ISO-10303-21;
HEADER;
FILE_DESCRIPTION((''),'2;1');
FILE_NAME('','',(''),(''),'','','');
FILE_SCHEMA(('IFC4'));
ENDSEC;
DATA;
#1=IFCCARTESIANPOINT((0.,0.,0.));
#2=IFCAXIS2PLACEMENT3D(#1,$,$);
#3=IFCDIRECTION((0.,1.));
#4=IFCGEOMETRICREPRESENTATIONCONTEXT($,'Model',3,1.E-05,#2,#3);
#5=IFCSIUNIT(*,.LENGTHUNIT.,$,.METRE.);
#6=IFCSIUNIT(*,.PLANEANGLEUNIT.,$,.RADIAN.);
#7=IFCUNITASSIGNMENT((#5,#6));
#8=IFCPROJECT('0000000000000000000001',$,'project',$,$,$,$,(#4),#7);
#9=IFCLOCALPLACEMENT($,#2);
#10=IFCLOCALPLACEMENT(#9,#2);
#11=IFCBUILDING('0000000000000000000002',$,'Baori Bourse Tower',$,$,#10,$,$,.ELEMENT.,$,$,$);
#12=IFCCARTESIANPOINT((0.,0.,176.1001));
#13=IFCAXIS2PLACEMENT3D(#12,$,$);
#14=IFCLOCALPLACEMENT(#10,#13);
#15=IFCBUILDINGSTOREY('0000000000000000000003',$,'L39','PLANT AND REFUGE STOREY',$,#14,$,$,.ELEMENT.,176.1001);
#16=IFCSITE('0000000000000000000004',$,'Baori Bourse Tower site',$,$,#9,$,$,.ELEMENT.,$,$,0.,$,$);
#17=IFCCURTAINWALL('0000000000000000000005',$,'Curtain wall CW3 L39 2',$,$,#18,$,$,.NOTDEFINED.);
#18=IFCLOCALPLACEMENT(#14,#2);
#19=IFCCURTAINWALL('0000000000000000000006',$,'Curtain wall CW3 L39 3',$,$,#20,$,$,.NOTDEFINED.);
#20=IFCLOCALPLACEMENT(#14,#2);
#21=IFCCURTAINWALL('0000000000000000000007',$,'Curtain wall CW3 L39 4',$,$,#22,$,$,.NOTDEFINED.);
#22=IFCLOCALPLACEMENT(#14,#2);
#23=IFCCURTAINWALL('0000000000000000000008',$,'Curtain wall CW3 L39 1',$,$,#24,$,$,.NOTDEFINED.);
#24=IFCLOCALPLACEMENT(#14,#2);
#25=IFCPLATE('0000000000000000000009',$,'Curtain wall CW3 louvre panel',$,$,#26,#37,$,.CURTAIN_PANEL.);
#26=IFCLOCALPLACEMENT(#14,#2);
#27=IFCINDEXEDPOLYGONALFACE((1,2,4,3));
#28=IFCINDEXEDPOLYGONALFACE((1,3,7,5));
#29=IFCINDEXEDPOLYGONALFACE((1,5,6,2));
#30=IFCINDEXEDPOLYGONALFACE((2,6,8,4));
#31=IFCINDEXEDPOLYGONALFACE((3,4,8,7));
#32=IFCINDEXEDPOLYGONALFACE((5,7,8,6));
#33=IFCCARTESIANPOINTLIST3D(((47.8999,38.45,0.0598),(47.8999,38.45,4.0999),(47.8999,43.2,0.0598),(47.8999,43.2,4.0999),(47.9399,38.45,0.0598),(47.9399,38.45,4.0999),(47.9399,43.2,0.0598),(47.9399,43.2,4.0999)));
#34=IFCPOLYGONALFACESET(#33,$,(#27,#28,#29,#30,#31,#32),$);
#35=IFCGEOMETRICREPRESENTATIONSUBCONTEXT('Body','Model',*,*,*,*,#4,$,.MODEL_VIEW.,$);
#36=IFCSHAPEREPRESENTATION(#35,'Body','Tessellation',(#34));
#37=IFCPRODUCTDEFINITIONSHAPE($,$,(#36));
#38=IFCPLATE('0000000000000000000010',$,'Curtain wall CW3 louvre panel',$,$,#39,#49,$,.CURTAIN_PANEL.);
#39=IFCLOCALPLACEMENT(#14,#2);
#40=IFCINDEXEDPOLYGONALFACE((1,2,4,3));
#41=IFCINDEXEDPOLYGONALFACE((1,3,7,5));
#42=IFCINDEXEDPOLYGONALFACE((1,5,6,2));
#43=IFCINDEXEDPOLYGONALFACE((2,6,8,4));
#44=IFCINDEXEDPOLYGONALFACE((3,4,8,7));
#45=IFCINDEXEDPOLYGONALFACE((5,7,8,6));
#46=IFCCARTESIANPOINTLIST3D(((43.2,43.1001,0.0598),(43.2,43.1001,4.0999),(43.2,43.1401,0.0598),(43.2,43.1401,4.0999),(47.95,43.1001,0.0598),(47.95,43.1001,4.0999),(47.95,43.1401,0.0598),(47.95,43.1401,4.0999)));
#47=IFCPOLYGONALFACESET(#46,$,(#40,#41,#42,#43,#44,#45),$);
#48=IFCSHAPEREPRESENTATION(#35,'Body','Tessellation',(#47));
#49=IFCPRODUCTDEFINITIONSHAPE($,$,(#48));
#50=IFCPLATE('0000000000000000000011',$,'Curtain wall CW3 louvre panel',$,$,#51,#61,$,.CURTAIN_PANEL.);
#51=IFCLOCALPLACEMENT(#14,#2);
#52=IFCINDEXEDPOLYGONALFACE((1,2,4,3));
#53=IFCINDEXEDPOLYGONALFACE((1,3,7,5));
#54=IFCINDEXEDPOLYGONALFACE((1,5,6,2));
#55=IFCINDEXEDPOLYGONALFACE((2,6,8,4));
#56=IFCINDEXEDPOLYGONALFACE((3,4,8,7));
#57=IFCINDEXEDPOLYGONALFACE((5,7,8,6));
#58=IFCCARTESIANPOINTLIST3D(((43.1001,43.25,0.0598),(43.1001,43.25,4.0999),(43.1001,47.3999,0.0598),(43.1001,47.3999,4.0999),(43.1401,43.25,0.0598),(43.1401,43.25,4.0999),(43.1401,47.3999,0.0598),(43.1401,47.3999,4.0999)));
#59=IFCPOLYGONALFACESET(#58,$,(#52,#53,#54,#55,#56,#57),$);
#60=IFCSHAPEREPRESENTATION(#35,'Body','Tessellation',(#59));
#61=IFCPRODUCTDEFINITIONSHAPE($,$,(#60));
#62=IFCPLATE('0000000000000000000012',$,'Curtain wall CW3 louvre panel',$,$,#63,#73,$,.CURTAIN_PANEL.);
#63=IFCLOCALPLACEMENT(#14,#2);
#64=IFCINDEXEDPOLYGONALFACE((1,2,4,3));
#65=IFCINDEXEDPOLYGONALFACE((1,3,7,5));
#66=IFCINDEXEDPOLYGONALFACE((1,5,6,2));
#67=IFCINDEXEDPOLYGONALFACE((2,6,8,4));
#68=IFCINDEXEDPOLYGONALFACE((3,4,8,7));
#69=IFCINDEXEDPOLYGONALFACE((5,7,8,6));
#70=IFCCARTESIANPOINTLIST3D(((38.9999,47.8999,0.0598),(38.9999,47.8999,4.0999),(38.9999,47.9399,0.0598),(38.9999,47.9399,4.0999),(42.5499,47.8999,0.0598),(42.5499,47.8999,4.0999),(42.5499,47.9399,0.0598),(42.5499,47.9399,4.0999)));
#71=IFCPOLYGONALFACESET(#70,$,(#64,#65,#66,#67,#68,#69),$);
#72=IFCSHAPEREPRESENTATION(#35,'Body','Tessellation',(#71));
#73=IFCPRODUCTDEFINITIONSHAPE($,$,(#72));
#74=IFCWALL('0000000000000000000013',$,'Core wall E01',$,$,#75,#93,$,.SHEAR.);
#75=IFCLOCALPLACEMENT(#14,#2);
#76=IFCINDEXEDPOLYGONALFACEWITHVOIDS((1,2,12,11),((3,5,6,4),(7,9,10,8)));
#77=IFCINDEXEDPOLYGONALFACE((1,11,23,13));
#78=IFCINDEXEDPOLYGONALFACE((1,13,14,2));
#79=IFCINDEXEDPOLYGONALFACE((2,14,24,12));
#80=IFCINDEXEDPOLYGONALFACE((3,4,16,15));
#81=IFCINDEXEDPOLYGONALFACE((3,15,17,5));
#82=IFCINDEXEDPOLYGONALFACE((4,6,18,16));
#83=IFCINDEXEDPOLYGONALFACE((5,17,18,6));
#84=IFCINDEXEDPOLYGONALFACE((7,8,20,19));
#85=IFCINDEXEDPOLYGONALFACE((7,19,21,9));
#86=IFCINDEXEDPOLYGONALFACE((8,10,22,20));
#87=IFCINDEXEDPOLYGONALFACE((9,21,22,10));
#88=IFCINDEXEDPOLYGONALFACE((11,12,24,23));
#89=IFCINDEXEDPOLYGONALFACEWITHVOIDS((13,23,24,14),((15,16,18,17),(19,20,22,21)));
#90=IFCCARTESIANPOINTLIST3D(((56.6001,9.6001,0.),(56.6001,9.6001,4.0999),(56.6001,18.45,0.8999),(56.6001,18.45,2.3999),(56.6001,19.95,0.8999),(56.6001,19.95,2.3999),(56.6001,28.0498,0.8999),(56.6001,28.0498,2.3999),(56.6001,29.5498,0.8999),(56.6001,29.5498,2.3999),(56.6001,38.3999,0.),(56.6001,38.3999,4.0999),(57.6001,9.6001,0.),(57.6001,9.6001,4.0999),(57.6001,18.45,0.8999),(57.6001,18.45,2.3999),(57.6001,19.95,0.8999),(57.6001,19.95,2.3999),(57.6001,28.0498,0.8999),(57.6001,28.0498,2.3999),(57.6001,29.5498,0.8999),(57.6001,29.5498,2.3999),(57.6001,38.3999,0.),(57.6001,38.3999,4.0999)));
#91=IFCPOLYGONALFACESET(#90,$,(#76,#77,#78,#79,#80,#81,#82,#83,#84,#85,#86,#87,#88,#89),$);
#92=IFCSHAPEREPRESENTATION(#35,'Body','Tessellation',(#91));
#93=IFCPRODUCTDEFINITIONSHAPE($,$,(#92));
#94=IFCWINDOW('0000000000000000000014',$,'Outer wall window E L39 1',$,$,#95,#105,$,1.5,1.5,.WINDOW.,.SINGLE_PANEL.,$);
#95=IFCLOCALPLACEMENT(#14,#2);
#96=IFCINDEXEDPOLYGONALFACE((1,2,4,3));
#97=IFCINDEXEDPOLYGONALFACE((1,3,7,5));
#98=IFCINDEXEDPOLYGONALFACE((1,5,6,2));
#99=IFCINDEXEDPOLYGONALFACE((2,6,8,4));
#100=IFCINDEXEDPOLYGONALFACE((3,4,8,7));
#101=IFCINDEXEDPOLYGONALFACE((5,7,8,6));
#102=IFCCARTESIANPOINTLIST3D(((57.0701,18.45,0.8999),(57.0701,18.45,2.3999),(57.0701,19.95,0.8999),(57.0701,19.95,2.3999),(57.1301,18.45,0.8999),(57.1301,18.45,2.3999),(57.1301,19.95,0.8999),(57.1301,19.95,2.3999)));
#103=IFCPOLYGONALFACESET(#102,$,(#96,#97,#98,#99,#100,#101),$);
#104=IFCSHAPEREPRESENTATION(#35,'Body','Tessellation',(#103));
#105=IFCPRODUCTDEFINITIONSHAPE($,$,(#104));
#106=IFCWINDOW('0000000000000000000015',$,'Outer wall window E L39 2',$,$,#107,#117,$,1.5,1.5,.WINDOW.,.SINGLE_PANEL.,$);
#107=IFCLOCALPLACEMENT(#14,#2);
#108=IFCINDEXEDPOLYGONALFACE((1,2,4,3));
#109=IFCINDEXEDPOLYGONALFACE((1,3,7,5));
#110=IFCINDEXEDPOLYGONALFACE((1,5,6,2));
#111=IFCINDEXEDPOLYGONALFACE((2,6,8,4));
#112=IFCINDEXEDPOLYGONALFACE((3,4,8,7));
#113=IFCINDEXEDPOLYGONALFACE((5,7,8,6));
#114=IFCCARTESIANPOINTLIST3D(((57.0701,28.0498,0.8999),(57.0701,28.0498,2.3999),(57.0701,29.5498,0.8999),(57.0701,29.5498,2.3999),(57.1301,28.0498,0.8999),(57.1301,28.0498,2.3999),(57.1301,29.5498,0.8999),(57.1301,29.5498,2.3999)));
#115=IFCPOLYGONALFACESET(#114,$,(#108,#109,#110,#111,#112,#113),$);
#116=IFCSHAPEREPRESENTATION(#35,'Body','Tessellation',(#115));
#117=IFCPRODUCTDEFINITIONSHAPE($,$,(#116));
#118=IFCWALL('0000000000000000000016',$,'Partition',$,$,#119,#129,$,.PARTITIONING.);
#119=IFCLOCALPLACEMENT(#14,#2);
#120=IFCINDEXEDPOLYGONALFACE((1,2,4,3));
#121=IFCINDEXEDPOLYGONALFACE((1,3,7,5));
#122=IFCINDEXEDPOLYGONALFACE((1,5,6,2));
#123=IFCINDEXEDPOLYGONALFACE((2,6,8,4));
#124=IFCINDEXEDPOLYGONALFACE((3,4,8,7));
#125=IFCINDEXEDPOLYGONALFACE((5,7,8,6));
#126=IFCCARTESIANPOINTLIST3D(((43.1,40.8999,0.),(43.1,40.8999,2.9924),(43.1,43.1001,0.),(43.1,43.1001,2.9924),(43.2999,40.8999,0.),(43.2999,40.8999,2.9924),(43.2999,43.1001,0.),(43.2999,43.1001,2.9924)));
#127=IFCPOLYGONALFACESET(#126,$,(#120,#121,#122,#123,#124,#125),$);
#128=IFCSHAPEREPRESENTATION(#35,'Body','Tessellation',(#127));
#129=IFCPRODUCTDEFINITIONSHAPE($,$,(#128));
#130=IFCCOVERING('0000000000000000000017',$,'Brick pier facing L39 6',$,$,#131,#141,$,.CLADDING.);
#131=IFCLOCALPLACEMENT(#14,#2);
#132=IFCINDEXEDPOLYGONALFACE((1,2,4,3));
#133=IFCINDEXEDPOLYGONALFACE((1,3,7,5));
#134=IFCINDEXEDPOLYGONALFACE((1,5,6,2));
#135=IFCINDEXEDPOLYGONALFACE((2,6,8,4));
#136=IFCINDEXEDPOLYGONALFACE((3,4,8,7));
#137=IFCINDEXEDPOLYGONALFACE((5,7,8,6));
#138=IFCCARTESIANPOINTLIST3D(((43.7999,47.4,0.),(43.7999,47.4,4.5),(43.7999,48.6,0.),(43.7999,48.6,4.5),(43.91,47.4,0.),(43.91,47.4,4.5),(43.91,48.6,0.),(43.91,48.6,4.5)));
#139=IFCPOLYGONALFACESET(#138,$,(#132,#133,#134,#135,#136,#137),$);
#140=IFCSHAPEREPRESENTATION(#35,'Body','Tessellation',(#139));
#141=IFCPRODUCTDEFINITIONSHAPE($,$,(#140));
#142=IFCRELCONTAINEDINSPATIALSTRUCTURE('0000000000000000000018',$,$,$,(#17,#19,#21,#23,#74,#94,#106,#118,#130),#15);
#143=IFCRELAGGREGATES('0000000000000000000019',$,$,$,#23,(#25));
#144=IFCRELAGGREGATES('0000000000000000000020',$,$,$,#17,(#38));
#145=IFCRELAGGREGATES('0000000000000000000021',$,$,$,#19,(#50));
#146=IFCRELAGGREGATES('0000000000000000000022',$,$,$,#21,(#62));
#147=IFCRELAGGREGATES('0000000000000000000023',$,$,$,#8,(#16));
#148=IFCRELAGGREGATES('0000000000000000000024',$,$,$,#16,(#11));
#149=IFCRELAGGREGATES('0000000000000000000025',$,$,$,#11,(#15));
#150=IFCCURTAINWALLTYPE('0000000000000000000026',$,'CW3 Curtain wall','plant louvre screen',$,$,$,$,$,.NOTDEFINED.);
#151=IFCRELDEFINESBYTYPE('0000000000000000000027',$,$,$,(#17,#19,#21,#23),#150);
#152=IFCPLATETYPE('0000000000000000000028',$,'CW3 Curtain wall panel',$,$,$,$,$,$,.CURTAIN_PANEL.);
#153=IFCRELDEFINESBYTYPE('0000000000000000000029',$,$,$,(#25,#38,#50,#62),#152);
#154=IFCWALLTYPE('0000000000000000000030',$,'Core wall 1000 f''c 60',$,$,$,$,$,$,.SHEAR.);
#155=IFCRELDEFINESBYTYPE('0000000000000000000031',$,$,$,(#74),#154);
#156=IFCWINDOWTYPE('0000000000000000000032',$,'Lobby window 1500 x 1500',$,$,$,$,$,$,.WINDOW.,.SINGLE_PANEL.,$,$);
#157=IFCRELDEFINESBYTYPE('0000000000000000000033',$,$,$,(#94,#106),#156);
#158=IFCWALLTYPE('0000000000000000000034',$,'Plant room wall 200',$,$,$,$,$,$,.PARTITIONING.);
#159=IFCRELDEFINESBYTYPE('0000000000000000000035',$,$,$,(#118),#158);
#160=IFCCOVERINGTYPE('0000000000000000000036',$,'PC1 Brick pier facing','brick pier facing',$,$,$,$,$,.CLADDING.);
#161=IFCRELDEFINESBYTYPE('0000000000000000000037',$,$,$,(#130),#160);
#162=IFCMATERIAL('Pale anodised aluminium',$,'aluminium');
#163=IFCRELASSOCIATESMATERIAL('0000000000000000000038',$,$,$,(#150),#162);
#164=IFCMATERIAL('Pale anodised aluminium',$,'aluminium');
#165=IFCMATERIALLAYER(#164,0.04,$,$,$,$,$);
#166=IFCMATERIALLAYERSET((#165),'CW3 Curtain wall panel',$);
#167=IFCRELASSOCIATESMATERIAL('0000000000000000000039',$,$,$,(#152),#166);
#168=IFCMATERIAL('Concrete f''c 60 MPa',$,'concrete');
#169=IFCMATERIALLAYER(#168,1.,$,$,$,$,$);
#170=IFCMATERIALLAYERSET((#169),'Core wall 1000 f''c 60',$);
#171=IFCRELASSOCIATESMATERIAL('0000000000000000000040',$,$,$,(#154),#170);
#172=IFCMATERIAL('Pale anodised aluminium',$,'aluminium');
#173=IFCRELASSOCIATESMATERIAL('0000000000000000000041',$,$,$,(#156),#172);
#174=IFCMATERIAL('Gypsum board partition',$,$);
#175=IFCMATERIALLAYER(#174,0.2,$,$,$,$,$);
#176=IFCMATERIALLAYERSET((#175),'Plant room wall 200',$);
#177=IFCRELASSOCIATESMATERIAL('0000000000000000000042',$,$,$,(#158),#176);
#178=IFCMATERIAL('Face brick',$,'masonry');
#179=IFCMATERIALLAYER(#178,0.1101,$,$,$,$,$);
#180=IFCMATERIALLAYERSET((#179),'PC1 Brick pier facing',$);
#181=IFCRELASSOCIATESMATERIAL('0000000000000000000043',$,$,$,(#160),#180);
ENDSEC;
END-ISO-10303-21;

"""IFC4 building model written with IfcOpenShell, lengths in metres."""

from ifc_helpers import new_model, si_unit, direction, frame, frame_2d, origin, origin_2d, place, context, subcontext, project, spatial, rectangle, extrude, material, layer, layer_set, type_object, element, fill, aggregate, save


model = new_model("IFC4")

# Units and contexts
model_context = context("Model", 3, precision=1e-05, world=origin(), true_north=direction((0.0, 1.0)))
body_context = subcontext(model_context, "Body", "Model", "MODEL_VIEW")
ifc_project = project(units=[si_unit("LENGTHUNIT", "METRE"), si_unit("PLANEANGLEUNIT", "RADIAN")], contexts=[model_context])

# Site, building, storey
site_placement = place(None, origin())
site = spatial("IfcSite", under=ifc_project, at=site_placement, Name="Baori Bourse Tower site", CompositionType="ELEMENT", RefElevation=0.0)
building_placement = place(site_placement, origin())
building = spatial("IfcBuilding", under=site, at=building_placement, Name="Baori Bourse Tower", CompositionType="ELEMENT")
storey_placement = place(building_placement, frame((0.0, 0.0, 176.1001)))
storey = spatial("IfcBuildingStorey", under=building, at=storey_placement, Name="L39", Description="PLANT AND REFUGE STOREY", CompositionType="ELEMENT", Elevation=176.1001)

# Curtain walls
ifc_material_1 = material(Name="Pale anodised aluminium", Category="aluminium")
curtain_wall_type = type_object("IfcCurtainWallType", Name="CW3 Curtain wall", Description="plant louvre screen", PredefinedType="NOTDEFINED", material=ifc_material_1)
curtain_wall_1_placement = place(storey_placement, origin())
curtain_wall_1 = element("IfcCurtainWall", 1, at=curtain_wall_1_placement, inside=storey, type_object=curtain_wall_type, Name="Curtain wall CW3 L39 2", PredefinedType="NOTDEFINED")
curtain_wall_2_placement = place(storey_placement, origin())
curtain_wall_2 = element("IfcCurtainWall", 2, at=curtain_wall_2_placement, inside=storey, type_object=curtain_wall_type, Name="Curtain wall CW3 L39 3", PredefinedType="NOTDEFINED")
curtain_wall_3_placement = place(storey_placement, origin())
curtain_wall_3 = element("IfcCurtainWall", 3, at=curtain_wall_3_placement, inside=storey, type_object=curtain_wall_type, Name="Curtain wall CW3 L39 4", PredefinedType="NOTDEFINED")
curtain_wall_4_placement = place(storey_placement, origin())
curtain_wall_4 = element("IfcCurtainWall", 4, at=curtain_wall_4_placement, inside=storey, type_object=curtain_wall_type, Name="Curtain wall CW3 L39 1", PredefinedType="NOTDEFINED")

# Plates
ifc_material_2 = material(Name="Pale anodised aluminium", Category="aluminium")
ifc_layer_1 = layer(ifc_material_2, 0.04)
ifc_layer_set_1 = layer_set([ifc_layer_1], Name="CW3 Curtain wall panel")
plate_type = type_object("IfcPlateType", Name="CW3 Curtain wall panel", PredefinedType="CURTAIN_PANEL", material=ifc_layer_set_1)
plate_1_placement = place(storey_placement, frame((47.9199, 40.825, 0.0598), z_axis=(0.0, 0.0, 1.0), x_axis=(0.0, 1.0, 0.0)))
plate_1 = element("IfcPlate", 5, at=plate_1_placement, type_object=plate_type, Name="Curtain wall CW3 louvre panel", PredefinedType="CURTAIN_PANEL", context=body_context, shape_type="SweptSolid", body=[
    extrude(rectangle(XDim=4.75, YDim=0.04, at=origin_2d()), origin(), (0.0, 0.0, 1.0), 4.04),
])
aggregate(curtain_wall_4, [plate_1])
plate_2_placement = place(storey_placement, frame((45.575, 43.1201, 0.0598), z_axis=(0.0, 0.0, 1.0), x_axis=(-1.0, 0.0, 0.0)))
plate_2 = element("IfcPlate", 6, at=plate_2_placement, type_object=plate_type, Name="Curtain wall CW3 louvre panel", PredefinedType="CURTAIN_PANEL", context=body_context, shape_type="SweptSolid", body=[
    extrude(rectangle(XDim=4.75, YDim=0.04, at=origin_2d()), origin(), (0.0, 0.0, 1.0), 4.04),
])
aggregate(curtain_wall_1, [plate_2])
plate_3_placement = place(storey_placement, frame((43.1201, 45.325, 0.0598), z_axis=(0.0, 0.0, 1.0), x_axis=(0.0, 1.0, 0.0)))
plate_3 = element("IfcPlate", 7, at=plate_3_placement, type_object=plate_type, Name="Curtain wall CW3 louvre panel", PredefinedType="CURTAIN_PANEL", context=body_context, shape_type="SweptSolid", body=[
    extrude(rectangle(XDim=4.1499, YDim=0.04, at=origin_2d()), origin(), (0.0, 0.0, 1.0), 4.04),
])
aggregate(curtain_wall_2, [plate_3])
plate_4_placement = place(storey_placement, frame((40.7749, 47.9199, 0.0598), z_axis=(0.0, 0.0, 1.0), x_axis=(-1.0, 0.0, 0.0)))
plate_4 = element("IfcPlate", 8, at=plate_4_placement, type_object=plate_type, Name="Curtain wall CW3 louvre panel", PredefinedType="CURTAIN_PANEL", context=body_context, shape_type="SweptSolid", body=[
    extrude(rectangle(XDim=3.55, YDim=0.04, at=origin_2d()), origin(), (0.0, 0.0, 1.0), 4.04),
])
aggregate(curtain_wall_3, [plate_4])

# Wall, openings, windows
ifc_material_3 = material(Name="Concrete f'c 60 MPa", Category="concrete")
ifc_layer_2 = layer(ifc_material_3, 1.0)
ifc_layer_set_2 = layer_set([ifc_layer_2], Name="Core wall 1000 f'c 60")
wall_type_1 = type_object("IfcWallType", Name="Core wall 1000 f'c 60", PredefinedType="SHEAR", material=ifc_layer_set_2)
wall_1_placement = place(storey_placement, frame((57.1001, 38.3999, 0.0), z_axis=(0.0, 0.0, 1.0), x_axis=(0.0, -1.0, 0.0)))
wall_1 = element("IfcWall", 9, at=wall_1_placement, inside=storey, type_object=wall_type_1, Name="Core wall E01", PredefinedType="SHEAR", context=body_context, shape_type="SweptSolid", body=[
    extrude(rectangle(XDim=28.7998, YDim=1.0, at=frame_2d((14.3999, 0.0))), origin(), (0.0, 0.0, 1.0), 4.0999),
])
opening_1_placement = place(wall_1_placement, frame((18.45, 0.0, 0.8999)))
opening_1 = element("IfcOpeningElement", 10, at=opening_1_placement, cuts=wall_1, PredefinedType="OPENING", context=body_context, shape_type="SweptSolid", body=[
    extrude(rectangle(XDim=1.5, YDim=1.5, at=frame_2d((0.75, 0.75))), frame((0.0, 0.51, 0.0), z_axis=(0.0, -1.0, 0.0), x_axis=(1.0, 0.0, 0.0)), (0.0, 0.0, 1.0), 1.02),
])
opening_2_placement = place(wall_1_placement, frame((8.8501, 0.0, 0.8999)))
opening_2 = element("IfcOpeningElement", 11, at=opening_2_placement, cuts=wall_1, PredefinedType="OPENING", context=body_context, shape_type="SweptSolid", body=[
    extrude(rectangle(XDim=1.5, YDim=1.5, at=frame_2d((0.75, 0.75))), frame((0.0, 0.51, 0.0), z_axis=(0.0, -1.0, 0.0), x_axis=(1.0, 0.0, 0.0)), (0.0, 0.0, 1.0), 1.02),
])
ifc_material_4 = material(Name="Pale anodised aluminium", Category="aluminium")
window_type = type_object("IfcWindowType", Name="Lobby window 1500 x 1500", PartitioningType="SINGLE_PANEL", PredefinedType="WINDOW", material=ifc_material_4)
window_1_placement = place(opening_1_placement, origin())
window_1 = element("IfcWindow", 12, at=window_1_placement, inside=storey, type_object=window_type, Name="Outer wall window E L39 1", OverallHeight=1.5, OverallWidth=1.5, PartitioningType="SINGLE_PANEL", PredefinedType="WINDOW", context=body_context, shape_type="SweptSolid", body=[
    extrude(rectangle(XDim=1.5, YDim=1.5, at=frame_2d((0.75, 0.75))), frame((0.0, 0.03, 0.0), z_axis=(0.0, -1.0, 0.0), x_axis=(1.0, 0.0, 0.0)), (0.0, 0.0, 1.0), 0.0601),
])
fill(opening_1, window_1)
window_2_placement = place(opening_2_placement, origin())
window_2 = element("IfcWindow", 13, at=window_2_placement, inside=storey, type_object=window_type, Name="Outer wall window E L39 2", OverallHeight=1.5, OverallWidth=1.5, PartitioningType="SINGLE_PANEL", PredefinedType="WINDOW", context=body_context, shape_type="SweptSolid", body=[
    extrude(rectangle(XDim=1.5, YDim=1.5, at=frame_2d((0.75, 0.75))), frame((0.0, 0.03, 0.0), z_axis=(0.0, -1.0, 0.0), x_axis=(1.0, 0.0, 0.0)), (0.0, 0.0, 1.0), 0.0601),
])
fill(opening_2, window_2)

# Wall
ifc_material_5 = material(Name="Gypsum board partition")
ifc_layer_3 = layer(ifc_material_5, 0.2)
ifc_layer_set_3 = layer_set([ifc_layer_3], Name="Plant room wall 200")
wall_type_2 = type_object("IfcWallType", Name="Plant room wall 200", PredefinedType="PARTITIONING", material=ifc_layer_set_3)
wall_2_placement = place(storey_placement, frame((43.2, 40.8999, 0.0), z_axis=(0.0, 0.0, 1.0), x_axis=(0.0, 1.0, 0.0)))
element("IfcWall", 14, at=wall_2_placement, inside=storey, type_object=wall_type_2, Name="Partition", PredefinedType="PARTITIONING", context=body_context, shape_type="SweptSolid", body=[
    extrude(rectangle(XDim=2.2002, YDim=0.2, at=frame_2d((1.1001, 0.0))), origin(), (0.0, 0.0, 1.0), 2.9924),
])

# Covering
ifc_material_6 = material(Name="Face brick", Category="masonry")
ifc_layer_4 = layer(ifc_material_6, 0.1101)
ifc_layer_set_4 = layer_set([ifc_layer_4], Name="PC1 Brick pier facing")
covering_type = type_object("IfcCoveringType", Name="PC1 Brick pier facing", Description="brick pier facing", PredefinedType="CLADDING", material=ifc_layer_set_4)
covering_placement = place(storey_placement, frame((43.855, 48.0, 0.0), z_axis=(0.0, 0.0, 1.0), x_axis=(1.0, 0.0, 0.0)))
element("IfcCovering", 15, at=covering_placement, inside=storey, type_object=covering_type, Name="Brick pier facing L39 6", PredefinedType="CLADDING", context=body_context, shape_type="SweptSolid", body=[
    extrude(rectangle(XDim=0.1101, YDim=1.2, at=origin_2d()), origin(), (0.0, 0.0, 1.0), 4.5),
])

save(model, "model.ifc")
